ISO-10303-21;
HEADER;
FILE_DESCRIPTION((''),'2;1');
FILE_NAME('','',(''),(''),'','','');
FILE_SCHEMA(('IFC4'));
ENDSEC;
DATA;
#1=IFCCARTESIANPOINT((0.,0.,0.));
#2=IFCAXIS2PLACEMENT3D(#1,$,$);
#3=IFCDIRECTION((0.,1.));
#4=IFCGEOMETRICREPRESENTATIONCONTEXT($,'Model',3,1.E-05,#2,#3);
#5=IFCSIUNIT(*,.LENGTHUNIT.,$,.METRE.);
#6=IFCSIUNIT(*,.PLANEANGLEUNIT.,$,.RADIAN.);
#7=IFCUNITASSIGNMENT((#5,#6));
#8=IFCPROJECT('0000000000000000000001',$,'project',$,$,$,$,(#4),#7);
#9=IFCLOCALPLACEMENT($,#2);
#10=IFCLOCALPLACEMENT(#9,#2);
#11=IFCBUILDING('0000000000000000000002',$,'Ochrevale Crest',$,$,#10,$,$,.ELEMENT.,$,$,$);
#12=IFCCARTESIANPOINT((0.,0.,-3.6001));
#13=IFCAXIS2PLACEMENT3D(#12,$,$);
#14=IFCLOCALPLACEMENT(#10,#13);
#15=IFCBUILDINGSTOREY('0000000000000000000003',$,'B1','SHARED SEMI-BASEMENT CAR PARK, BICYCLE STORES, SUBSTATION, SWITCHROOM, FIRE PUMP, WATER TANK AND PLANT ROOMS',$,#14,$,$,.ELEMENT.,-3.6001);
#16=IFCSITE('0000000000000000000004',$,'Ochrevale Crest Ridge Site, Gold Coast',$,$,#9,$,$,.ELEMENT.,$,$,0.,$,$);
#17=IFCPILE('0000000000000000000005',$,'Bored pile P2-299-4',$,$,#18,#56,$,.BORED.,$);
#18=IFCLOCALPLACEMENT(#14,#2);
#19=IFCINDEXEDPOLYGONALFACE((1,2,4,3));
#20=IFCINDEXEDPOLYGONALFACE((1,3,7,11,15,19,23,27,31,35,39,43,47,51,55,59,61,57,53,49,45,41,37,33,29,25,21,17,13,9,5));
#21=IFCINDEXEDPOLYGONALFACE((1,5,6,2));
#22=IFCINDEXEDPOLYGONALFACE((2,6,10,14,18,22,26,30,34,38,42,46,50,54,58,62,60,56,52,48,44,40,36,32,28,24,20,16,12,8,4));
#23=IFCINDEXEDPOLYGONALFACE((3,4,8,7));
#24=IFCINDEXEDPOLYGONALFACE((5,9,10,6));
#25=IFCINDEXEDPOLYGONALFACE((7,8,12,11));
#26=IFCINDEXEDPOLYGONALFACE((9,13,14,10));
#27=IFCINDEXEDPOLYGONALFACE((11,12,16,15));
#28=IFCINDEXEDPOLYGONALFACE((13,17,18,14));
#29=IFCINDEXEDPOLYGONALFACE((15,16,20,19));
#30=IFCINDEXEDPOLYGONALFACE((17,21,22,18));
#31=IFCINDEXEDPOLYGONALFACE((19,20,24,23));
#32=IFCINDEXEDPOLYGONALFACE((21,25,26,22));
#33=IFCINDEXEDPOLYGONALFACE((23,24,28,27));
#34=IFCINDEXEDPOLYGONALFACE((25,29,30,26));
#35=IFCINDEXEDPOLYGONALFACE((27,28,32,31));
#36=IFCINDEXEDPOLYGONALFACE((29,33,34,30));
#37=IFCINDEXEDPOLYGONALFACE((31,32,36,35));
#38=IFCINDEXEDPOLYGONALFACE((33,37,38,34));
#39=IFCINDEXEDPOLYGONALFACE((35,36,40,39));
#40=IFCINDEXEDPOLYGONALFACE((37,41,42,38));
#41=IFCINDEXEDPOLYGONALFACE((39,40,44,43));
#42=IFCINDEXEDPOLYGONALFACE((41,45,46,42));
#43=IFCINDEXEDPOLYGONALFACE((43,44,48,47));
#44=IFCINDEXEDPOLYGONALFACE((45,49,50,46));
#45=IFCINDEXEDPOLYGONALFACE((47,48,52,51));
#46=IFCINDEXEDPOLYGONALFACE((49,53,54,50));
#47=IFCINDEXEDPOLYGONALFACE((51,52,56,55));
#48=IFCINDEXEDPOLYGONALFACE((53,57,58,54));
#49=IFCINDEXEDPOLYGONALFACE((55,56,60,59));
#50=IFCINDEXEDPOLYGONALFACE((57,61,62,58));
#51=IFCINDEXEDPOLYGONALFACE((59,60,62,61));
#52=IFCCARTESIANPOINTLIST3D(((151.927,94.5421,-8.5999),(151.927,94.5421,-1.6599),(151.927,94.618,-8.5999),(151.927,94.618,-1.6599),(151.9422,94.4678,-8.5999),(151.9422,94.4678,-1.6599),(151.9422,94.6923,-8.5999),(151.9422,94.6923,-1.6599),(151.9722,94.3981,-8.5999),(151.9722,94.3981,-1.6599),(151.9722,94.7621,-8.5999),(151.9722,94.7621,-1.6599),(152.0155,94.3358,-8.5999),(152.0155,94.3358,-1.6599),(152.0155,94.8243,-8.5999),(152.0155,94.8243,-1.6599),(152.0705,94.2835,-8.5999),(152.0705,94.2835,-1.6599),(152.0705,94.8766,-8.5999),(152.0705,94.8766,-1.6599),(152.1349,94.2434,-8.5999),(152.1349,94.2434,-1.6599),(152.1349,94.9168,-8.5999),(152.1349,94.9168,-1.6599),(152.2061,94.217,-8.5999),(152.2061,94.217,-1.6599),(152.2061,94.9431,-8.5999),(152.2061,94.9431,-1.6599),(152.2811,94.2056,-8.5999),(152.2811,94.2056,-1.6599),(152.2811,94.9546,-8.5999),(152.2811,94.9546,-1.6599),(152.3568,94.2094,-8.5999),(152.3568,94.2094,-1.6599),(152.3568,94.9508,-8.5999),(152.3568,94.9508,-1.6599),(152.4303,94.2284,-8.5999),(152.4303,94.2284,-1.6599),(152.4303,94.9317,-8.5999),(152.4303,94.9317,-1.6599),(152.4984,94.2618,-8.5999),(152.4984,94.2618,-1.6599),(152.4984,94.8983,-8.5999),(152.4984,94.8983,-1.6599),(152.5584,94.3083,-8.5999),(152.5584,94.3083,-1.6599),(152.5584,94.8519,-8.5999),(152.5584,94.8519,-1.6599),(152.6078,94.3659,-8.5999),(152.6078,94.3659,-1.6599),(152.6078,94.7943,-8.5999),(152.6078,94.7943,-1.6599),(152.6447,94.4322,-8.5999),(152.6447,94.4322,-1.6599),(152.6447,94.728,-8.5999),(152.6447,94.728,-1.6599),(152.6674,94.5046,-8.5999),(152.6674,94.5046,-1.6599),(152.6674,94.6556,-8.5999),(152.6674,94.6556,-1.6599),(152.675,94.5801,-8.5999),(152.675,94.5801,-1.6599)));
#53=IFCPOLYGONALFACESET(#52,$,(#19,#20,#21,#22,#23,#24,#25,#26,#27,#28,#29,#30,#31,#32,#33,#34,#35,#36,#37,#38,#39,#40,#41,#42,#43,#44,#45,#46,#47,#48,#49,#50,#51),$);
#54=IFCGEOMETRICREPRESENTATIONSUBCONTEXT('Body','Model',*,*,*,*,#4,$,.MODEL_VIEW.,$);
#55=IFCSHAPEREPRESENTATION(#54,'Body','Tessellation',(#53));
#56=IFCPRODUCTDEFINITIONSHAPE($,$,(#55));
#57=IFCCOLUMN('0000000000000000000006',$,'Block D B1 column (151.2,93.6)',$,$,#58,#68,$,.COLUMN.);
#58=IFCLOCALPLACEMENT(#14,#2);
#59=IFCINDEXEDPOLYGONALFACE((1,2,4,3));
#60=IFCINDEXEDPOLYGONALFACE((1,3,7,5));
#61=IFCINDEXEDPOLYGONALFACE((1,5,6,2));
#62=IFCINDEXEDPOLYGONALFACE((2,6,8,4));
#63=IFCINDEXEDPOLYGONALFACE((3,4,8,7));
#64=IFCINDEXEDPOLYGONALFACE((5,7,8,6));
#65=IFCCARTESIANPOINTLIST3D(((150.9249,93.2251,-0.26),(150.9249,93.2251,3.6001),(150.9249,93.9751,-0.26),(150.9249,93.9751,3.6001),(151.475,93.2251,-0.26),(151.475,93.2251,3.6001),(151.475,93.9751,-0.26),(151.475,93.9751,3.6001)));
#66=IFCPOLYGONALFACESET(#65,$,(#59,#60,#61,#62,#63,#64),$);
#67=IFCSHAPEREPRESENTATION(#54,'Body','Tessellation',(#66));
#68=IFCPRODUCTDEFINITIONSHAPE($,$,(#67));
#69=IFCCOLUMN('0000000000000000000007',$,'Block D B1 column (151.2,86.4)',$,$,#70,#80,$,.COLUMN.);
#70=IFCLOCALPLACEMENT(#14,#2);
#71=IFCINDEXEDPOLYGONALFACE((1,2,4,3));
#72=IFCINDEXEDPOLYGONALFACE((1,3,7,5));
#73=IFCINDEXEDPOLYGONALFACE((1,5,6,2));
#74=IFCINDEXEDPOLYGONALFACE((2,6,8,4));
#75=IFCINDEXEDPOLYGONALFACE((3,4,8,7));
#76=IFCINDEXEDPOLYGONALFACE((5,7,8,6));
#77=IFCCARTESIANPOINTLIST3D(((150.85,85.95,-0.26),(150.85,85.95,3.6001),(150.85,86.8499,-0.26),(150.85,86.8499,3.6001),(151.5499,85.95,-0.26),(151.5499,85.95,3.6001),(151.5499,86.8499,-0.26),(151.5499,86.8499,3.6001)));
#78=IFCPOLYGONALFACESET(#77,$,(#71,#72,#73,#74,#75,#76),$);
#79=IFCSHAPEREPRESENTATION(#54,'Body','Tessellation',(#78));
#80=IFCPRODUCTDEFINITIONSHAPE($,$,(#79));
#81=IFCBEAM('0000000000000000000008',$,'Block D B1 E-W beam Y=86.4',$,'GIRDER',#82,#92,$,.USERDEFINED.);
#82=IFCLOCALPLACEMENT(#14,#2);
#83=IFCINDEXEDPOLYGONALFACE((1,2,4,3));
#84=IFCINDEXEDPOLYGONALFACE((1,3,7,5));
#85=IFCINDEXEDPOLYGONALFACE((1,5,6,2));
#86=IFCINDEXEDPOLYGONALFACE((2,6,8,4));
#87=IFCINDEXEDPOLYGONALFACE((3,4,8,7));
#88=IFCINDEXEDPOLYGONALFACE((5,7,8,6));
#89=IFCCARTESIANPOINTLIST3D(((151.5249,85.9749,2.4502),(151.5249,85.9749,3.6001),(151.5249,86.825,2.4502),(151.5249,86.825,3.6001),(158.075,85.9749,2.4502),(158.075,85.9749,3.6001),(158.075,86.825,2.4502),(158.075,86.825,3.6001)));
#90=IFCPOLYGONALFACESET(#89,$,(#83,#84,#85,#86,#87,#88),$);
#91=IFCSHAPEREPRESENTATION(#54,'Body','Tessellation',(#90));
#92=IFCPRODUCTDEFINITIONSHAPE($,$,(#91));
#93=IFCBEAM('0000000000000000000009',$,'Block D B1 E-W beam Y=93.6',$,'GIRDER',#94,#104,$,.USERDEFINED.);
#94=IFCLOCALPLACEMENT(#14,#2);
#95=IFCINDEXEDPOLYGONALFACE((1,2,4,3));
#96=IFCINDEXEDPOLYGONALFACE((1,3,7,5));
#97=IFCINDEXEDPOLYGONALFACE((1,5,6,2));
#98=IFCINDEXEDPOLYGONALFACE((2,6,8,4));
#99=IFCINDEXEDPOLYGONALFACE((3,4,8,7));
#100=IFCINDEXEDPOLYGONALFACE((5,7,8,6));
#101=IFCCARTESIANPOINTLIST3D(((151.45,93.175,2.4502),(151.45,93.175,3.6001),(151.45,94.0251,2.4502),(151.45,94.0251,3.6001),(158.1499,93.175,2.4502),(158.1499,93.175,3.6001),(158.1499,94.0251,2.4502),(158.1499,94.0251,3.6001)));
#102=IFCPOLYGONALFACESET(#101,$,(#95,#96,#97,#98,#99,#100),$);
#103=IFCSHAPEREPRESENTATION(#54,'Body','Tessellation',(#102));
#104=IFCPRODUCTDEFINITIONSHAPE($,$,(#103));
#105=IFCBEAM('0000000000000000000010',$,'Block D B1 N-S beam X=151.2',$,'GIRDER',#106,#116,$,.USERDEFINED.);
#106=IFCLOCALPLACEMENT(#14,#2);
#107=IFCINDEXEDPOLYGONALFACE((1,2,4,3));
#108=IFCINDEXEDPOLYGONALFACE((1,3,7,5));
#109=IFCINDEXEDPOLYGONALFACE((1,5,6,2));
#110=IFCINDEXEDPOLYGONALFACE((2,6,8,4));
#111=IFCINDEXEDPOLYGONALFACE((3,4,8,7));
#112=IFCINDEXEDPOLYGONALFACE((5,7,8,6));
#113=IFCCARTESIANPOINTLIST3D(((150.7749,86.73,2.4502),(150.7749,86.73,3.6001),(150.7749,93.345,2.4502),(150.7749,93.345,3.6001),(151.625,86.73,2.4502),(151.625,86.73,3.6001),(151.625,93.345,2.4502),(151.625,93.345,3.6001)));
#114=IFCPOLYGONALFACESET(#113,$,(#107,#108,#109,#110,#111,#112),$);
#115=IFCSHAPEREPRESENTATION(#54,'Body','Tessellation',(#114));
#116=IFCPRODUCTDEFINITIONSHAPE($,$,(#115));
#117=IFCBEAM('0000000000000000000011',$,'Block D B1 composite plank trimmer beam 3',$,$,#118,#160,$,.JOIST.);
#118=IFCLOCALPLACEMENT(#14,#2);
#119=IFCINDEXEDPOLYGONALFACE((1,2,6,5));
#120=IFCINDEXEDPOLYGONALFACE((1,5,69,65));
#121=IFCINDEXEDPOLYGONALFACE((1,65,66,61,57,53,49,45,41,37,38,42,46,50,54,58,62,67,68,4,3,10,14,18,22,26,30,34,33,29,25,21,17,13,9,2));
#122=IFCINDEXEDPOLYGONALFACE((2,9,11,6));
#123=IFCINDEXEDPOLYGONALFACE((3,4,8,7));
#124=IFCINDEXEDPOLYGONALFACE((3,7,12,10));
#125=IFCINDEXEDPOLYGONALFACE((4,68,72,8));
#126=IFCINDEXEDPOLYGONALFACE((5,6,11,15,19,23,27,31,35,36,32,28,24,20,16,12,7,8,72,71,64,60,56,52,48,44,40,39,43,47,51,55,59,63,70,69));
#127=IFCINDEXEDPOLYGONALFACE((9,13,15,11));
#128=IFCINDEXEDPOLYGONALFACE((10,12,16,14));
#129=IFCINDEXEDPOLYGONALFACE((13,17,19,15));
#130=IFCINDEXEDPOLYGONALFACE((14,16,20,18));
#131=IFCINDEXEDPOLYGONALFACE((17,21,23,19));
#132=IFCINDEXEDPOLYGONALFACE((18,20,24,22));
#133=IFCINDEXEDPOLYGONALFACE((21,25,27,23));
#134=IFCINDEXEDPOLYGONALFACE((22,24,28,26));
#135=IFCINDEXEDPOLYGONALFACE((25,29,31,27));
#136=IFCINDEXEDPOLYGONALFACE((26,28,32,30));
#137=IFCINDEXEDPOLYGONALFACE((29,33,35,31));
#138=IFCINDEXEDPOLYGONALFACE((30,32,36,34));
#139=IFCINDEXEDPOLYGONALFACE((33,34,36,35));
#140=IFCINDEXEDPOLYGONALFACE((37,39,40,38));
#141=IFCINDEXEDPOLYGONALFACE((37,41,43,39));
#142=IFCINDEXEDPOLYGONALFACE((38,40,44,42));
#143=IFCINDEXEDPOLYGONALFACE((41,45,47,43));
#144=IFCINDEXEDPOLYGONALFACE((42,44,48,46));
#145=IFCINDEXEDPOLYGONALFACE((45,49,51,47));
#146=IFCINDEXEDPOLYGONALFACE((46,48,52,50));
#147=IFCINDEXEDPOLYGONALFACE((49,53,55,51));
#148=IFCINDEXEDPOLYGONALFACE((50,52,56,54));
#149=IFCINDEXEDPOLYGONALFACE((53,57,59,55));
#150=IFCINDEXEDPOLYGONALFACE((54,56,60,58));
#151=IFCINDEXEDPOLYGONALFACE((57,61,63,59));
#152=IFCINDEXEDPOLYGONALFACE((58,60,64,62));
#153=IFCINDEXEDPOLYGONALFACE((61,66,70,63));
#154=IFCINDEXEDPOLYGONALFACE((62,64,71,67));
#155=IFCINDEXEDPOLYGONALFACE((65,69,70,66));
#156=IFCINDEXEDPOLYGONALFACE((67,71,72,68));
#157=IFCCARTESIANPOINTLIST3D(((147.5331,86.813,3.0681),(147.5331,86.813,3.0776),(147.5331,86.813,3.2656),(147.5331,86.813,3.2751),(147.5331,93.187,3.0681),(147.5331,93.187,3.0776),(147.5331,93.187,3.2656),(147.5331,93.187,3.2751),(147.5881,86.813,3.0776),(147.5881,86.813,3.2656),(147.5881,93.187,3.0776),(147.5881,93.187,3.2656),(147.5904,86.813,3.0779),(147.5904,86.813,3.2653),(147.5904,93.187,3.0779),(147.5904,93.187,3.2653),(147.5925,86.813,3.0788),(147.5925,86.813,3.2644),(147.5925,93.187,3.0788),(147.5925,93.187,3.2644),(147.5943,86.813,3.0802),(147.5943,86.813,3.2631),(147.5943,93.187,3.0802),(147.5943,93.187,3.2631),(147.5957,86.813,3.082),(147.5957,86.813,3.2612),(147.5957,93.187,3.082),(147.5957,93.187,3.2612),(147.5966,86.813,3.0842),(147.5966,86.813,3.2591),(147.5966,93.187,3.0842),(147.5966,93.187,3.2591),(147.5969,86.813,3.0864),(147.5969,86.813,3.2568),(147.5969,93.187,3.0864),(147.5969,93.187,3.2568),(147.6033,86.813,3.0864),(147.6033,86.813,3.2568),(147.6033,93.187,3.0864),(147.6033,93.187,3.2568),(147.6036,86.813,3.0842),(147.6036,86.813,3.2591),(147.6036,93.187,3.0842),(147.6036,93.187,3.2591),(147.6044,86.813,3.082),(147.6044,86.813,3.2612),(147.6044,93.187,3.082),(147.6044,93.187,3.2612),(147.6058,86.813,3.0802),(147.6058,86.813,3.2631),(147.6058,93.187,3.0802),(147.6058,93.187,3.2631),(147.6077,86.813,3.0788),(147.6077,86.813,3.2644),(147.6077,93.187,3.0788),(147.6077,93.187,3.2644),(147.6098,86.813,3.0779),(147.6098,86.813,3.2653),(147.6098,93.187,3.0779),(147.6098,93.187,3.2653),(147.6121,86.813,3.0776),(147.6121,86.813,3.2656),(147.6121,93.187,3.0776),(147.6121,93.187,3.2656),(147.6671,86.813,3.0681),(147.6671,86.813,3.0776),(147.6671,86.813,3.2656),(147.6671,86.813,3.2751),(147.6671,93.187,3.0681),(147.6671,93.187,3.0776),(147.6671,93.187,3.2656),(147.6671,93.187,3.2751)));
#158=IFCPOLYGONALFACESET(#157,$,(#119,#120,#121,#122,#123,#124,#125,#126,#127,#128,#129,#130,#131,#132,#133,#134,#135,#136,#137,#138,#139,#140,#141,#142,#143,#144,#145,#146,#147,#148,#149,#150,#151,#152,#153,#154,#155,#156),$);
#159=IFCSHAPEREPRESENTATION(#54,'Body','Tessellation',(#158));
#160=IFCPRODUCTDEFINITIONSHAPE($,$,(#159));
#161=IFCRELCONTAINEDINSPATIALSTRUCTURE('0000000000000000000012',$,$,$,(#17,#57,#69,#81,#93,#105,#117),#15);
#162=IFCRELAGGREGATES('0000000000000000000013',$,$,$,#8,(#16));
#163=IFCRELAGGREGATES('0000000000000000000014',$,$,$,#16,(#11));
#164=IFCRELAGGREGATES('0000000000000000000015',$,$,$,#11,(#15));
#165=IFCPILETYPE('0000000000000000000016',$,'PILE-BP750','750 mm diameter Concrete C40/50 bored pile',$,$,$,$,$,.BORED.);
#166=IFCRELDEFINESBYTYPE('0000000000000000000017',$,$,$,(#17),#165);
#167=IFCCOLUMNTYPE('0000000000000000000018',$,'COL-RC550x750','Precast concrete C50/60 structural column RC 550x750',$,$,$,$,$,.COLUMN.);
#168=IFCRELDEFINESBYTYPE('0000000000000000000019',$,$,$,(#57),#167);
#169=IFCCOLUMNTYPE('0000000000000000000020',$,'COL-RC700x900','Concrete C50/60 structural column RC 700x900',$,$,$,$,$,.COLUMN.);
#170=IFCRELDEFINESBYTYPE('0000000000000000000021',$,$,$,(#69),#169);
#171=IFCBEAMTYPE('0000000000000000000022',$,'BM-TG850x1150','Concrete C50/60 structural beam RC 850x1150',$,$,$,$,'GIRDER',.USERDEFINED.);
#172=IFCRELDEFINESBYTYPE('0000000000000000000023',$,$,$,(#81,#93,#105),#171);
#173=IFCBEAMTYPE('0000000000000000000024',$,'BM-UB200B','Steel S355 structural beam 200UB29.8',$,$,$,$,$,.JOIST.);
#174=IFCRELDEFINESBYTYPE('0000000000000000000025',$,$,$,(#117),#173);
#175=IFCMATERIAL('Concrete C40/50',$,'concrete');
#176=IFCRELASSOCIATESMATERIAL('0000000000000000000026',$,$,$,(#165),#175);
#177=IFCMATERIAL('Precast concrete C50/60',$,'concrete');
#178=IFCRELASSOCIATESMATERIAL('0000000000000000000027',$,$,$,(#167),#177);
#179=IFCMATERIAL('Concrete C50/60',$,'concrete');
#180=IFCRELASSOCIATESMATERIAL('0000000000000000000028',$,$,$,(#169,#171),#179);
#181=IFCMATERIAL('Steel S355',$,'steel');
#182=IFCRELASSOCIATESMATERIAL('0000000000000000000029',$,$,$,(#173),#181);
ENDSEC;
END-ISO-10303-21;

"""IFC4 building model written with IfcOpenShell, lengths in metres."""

from ifc_helpers import new_model, si_unit, direction, frame, origin, origin_2d, place, context, subcontext, project, spatial, rectangle, circle, i_section, extrude, material, material_profile, profile_set, type_object, element, save


model = new_model("IFC4")

# Units and contexts
model_context = context("Model", 3, precision=1e-05, world=origin(), true_north=direction((0.0, 1.0)))
body_context = subcontext(model_context, "Body", "Model", "MODEL_VIEW")
ifc_project = project(units=[si_unit("LENGTHUNIT", "METRE"), si_unit("PLANEANGLEUNIT", "RADIAN")], contexts=[model_context])

# Site, building, storey
site_placement = place(None, origin())
site = spatial("IfcSite", under=ifc_project, at=site_placement, Name="Ochrevale Crest Ridge Site, Gold Coast", CompositionType="ELEMENT", RefElevation=0.0)
building_placement = place(site_placement, origin())
building = spatial("IfcBuilding", under=site, at=building_placement, Name="Ochrevale Crest", CompositionType="ELEMENT")
storey_placement = place(building_placement, frame((0.0, 0.0, -3.6001)))
storey = spatial("IfcBuildingStorey", under=building, at=storey_placement, Name="B1", Description="SHARED SEMI-BASEMENT CAR PARK, BICYCLE STORES, SUBSTATION, SWITCHROOM, FIRE PUMP, WATER TANK AND PLANT ROOMS", CompositionType="ELEMENT", Elevation=-3.6001)

# Shared definitions
ifc_material_1 = material(Name="Concrete C40/50", Category="concrete")

# Pile
ifc_material_profile_1 = material_profile(ifc_material_1, circle(Radius=0.375, at=origin_2d()), Name="BORED PILE 750")
ifc_profile_set_1 = profile_set([ifc_material_profile_1], Name="Concrete C40/50")
pile_type_1 = type_object("IfcPileType", Name="PILE-BP750", Description="750 mm diameter Concrete C40/50 bored pile", PredefinedType="BORED", material=ifc_profile_set_1)
for number, where, z_axis, x_axis, name in (
    (1, (152.3, 94.5801, -1.6599), (0.0, 0.0, -1.0), (1.0, 0.0, 0.0), "Bored pile P2-299-4"),
):
    element("IfcPile", number, at=place(storey_placement, frame(where, z_axis=z_axis, x_axis=x_axis)), inside=storey, type_object=pile_type_1, Name=name, PredefinedType="BORED", context=body_context, shape_type="SweptSolid", body=[
        extrude(circle(Radius=0.375, at=origin_2d()), origin(), (0.0, 0.0, 1.0), 6.9399),
    ])

# Columns
ifc_material_2 = material(Name="Precast concrete C50/60", Category="concrete")
ifc_material_profile_2 = material_profile(ifc_material_2, rectangle(XDim=0.55, YDim=0.75, at=origin_2d()), Name="RC 550x750")
ifc_profile_set_2 = profile_set([ifc_material_profile_2], Name="Precast concrete C50/60")
column_type_1 = type_object("IfcColumnType", Name="COL-RC550x750", Description="Precast concrete C50/60 structural column RC 550x750", PredefinedType="COLUMN", material=ifc_profile_set_2)
column_1_placement = place(storey_placement, frame((151.2, 93.6001, -0.26), z_axis=(0.0, 0.0, 1.0), x_axis=(1.0, 0.0, 0.0)))
element("IfcColumn", 2, at=column_1_placement, inside=storey, type_object=column_type_1, Name="Block D B1 column (151.2,93.6)", PredefinedType="COLUMN", context=body_context, shape_type="SweptSolid", body=[
    extrude(rectangle(XDim=0.55, YDim=0.75, at=origin_2d()), origin(), (0.0, 0.0, 1.0), 3.8601),
])
ifc_material_3 = material(Name="Concrete C50/60", Category="concrete")
ifc_material_profile_3 = material_profile(ifc_material_3, rectangle(XDim=0.7, YDim=0.8999, at=origin_2d()), Name="RC 700x900")
ifc_profile_set_3 = profile_set([ifc_material_profile_3], Name="Concrete C50/60")
column_type_2 = type_object("IfcColumnType", Name="COL-RC700x900", Description="Concrete C50/60 structural column RC 700x900", PredefinedType="COLUMN", material=ifc_profile_set_3)
column_2_placement = place(storey_placement, frame((151.2, 86.3999, -0.26), z_axis=(0.0, 0.0, 1.0), x_axis=(1.0, 0.0, 0.0)))
element("IfcColumn", 3, at=column_2_placement, inside=storey, type_object=column_type_2, Name="Block D B1 column (151.2,86.4)", PredefinedType="COLUMN", context=body_context, shape_type="SweptSolid", body=[
    extrude(rectangle(XDim=0.7, YDim=0.8999, at=origin_2d()), origin(), (0.0, 0.0, 1.0), 3.8601),
])

# Beams
ifc_material_profile_4 = material_profile(ifc_material_3, rectangle(XDim=0.8501, YDim=1.1499, at=origin_2d()), Name="RC 850x1150")
ifc_profile_set_4 = profile_set([ifc_material_profile_4], Name="Concrete C50/60")
beam_type_1 = type_object("IfcBeamType", Name="BM-TG850x1150", Description="Concrete C50/60 structural beam RC 850x1150", ElementType="GIRDER", PredefinedType="USERDEFINED", material=ifc_profile_set_4)
beam_1_placement = place(storey_placement, frame((151.5249, 86.3999, 3.0251), z_axis=(1.0, 0.0, 0.0), x_axis=(0.0, 1.0, 0.0)))
element("IfcBeam", 4, at=beam_1_placement, inside=storey, type_object=beam_type_1, Name="Block D B1 E-W beam Y=86.4", ObjectType="GIRDER", PredefinedType="USERDEFINED", context=body_context, shape_type="SweptSolid", body=[
    extrude(rectangle(XDim=0.8501, YDim=1.1499, at=origin_2d()), origin(), (0.0, 0.0, 1.0), 6.55),
])
beam_2_placement = place(storey_placement, frame((151.45, 93.6001, 3.0251), z_axis=(1.0, 0.0, 0.0), x_axis=(0.0, 1.0, 0.0)))
element("IfcBeam", 5, at=beam_2_placement, inside=storey, type_object=beam_type_1, Name="Block D B1 E-W beam Y=93.6", ObjectType="GIRDER", PredefinedType="USERDEFINED", context=body_context, shape_type="SweptSolid", body=[
    extrude(rectangle(XDim=0.8501, YDim=1.1499, at=origin_2d()), origin(), (0.0, 0.0, 1.0), 6.7),
])
beam_3_placement = place(storey_placement, frame((151.2, 86.73, 3.0251), z_axis=(0.0, 1.0, 0.0), x_axis=(-1.0, 0.0, 0.0)))
element("IfcBeam", 6, at=beam_3_placement, inside=storey, type_object=beam_type_1, Name="Block D B1 N-S beam X=151.2", ObjectType="GIRDER", PredefinedType="USERDEFINED", context=body_context, shape_type="SweptSolid", body=[
    extrude(rectangle(XDim=0.8501, YDim=1.1499, at=origin_2d()), origin(), (0.0, 0.0, 1.0), 6.615),
])
ifc_material_4 = material(Name="Steel S355", Category="steel")
ifc_material_profile_5 = material_profile(ifc_material_4, i_section(OverallWidth=0.134, OverallDepth=0.207, WebThickness=0.0063, FlangeThickness=0.0095, FilletRadius=0.0088, at=origin_2d()), Name="200UB29.8")
ifc_profile_set_5 = profile_set([ifc_material_profile_5], Name="Steel S355")
beam_type_2 = type_object("IfcBeamType", Name="BM-UB200B", Description="Steel S355 structural beam 200UB29.8", PredefinedType="JOIST", material=ifc_profile_set_5)
beam_4_placement = place(storey_placement, frame((147.6001, 86.813, 3.1716), z_axis=(0.0, 1.0, 0.0), x_axis=(-1.0, 0.0, 0.0)))
element("IfcBeam", 7, at=beam_4_placement, inside=storey, type_object=beam_type_2, Name="Block D B1 composite plank trimmer beam 3", PredefinedType="JOIST", context=body_context, shape_type="SweptSolid", body=[
    extrude(i_section(OverallWidth=0.134, OverallDepth=0.207, WebThickness=0.0063, FlangeThickness=0.0095, FilletRadius=0.0088, at=origin_2d()), origin(), (0.0, 0.0, 1.0), 6.374),
])

save(model, "model.ifc")
